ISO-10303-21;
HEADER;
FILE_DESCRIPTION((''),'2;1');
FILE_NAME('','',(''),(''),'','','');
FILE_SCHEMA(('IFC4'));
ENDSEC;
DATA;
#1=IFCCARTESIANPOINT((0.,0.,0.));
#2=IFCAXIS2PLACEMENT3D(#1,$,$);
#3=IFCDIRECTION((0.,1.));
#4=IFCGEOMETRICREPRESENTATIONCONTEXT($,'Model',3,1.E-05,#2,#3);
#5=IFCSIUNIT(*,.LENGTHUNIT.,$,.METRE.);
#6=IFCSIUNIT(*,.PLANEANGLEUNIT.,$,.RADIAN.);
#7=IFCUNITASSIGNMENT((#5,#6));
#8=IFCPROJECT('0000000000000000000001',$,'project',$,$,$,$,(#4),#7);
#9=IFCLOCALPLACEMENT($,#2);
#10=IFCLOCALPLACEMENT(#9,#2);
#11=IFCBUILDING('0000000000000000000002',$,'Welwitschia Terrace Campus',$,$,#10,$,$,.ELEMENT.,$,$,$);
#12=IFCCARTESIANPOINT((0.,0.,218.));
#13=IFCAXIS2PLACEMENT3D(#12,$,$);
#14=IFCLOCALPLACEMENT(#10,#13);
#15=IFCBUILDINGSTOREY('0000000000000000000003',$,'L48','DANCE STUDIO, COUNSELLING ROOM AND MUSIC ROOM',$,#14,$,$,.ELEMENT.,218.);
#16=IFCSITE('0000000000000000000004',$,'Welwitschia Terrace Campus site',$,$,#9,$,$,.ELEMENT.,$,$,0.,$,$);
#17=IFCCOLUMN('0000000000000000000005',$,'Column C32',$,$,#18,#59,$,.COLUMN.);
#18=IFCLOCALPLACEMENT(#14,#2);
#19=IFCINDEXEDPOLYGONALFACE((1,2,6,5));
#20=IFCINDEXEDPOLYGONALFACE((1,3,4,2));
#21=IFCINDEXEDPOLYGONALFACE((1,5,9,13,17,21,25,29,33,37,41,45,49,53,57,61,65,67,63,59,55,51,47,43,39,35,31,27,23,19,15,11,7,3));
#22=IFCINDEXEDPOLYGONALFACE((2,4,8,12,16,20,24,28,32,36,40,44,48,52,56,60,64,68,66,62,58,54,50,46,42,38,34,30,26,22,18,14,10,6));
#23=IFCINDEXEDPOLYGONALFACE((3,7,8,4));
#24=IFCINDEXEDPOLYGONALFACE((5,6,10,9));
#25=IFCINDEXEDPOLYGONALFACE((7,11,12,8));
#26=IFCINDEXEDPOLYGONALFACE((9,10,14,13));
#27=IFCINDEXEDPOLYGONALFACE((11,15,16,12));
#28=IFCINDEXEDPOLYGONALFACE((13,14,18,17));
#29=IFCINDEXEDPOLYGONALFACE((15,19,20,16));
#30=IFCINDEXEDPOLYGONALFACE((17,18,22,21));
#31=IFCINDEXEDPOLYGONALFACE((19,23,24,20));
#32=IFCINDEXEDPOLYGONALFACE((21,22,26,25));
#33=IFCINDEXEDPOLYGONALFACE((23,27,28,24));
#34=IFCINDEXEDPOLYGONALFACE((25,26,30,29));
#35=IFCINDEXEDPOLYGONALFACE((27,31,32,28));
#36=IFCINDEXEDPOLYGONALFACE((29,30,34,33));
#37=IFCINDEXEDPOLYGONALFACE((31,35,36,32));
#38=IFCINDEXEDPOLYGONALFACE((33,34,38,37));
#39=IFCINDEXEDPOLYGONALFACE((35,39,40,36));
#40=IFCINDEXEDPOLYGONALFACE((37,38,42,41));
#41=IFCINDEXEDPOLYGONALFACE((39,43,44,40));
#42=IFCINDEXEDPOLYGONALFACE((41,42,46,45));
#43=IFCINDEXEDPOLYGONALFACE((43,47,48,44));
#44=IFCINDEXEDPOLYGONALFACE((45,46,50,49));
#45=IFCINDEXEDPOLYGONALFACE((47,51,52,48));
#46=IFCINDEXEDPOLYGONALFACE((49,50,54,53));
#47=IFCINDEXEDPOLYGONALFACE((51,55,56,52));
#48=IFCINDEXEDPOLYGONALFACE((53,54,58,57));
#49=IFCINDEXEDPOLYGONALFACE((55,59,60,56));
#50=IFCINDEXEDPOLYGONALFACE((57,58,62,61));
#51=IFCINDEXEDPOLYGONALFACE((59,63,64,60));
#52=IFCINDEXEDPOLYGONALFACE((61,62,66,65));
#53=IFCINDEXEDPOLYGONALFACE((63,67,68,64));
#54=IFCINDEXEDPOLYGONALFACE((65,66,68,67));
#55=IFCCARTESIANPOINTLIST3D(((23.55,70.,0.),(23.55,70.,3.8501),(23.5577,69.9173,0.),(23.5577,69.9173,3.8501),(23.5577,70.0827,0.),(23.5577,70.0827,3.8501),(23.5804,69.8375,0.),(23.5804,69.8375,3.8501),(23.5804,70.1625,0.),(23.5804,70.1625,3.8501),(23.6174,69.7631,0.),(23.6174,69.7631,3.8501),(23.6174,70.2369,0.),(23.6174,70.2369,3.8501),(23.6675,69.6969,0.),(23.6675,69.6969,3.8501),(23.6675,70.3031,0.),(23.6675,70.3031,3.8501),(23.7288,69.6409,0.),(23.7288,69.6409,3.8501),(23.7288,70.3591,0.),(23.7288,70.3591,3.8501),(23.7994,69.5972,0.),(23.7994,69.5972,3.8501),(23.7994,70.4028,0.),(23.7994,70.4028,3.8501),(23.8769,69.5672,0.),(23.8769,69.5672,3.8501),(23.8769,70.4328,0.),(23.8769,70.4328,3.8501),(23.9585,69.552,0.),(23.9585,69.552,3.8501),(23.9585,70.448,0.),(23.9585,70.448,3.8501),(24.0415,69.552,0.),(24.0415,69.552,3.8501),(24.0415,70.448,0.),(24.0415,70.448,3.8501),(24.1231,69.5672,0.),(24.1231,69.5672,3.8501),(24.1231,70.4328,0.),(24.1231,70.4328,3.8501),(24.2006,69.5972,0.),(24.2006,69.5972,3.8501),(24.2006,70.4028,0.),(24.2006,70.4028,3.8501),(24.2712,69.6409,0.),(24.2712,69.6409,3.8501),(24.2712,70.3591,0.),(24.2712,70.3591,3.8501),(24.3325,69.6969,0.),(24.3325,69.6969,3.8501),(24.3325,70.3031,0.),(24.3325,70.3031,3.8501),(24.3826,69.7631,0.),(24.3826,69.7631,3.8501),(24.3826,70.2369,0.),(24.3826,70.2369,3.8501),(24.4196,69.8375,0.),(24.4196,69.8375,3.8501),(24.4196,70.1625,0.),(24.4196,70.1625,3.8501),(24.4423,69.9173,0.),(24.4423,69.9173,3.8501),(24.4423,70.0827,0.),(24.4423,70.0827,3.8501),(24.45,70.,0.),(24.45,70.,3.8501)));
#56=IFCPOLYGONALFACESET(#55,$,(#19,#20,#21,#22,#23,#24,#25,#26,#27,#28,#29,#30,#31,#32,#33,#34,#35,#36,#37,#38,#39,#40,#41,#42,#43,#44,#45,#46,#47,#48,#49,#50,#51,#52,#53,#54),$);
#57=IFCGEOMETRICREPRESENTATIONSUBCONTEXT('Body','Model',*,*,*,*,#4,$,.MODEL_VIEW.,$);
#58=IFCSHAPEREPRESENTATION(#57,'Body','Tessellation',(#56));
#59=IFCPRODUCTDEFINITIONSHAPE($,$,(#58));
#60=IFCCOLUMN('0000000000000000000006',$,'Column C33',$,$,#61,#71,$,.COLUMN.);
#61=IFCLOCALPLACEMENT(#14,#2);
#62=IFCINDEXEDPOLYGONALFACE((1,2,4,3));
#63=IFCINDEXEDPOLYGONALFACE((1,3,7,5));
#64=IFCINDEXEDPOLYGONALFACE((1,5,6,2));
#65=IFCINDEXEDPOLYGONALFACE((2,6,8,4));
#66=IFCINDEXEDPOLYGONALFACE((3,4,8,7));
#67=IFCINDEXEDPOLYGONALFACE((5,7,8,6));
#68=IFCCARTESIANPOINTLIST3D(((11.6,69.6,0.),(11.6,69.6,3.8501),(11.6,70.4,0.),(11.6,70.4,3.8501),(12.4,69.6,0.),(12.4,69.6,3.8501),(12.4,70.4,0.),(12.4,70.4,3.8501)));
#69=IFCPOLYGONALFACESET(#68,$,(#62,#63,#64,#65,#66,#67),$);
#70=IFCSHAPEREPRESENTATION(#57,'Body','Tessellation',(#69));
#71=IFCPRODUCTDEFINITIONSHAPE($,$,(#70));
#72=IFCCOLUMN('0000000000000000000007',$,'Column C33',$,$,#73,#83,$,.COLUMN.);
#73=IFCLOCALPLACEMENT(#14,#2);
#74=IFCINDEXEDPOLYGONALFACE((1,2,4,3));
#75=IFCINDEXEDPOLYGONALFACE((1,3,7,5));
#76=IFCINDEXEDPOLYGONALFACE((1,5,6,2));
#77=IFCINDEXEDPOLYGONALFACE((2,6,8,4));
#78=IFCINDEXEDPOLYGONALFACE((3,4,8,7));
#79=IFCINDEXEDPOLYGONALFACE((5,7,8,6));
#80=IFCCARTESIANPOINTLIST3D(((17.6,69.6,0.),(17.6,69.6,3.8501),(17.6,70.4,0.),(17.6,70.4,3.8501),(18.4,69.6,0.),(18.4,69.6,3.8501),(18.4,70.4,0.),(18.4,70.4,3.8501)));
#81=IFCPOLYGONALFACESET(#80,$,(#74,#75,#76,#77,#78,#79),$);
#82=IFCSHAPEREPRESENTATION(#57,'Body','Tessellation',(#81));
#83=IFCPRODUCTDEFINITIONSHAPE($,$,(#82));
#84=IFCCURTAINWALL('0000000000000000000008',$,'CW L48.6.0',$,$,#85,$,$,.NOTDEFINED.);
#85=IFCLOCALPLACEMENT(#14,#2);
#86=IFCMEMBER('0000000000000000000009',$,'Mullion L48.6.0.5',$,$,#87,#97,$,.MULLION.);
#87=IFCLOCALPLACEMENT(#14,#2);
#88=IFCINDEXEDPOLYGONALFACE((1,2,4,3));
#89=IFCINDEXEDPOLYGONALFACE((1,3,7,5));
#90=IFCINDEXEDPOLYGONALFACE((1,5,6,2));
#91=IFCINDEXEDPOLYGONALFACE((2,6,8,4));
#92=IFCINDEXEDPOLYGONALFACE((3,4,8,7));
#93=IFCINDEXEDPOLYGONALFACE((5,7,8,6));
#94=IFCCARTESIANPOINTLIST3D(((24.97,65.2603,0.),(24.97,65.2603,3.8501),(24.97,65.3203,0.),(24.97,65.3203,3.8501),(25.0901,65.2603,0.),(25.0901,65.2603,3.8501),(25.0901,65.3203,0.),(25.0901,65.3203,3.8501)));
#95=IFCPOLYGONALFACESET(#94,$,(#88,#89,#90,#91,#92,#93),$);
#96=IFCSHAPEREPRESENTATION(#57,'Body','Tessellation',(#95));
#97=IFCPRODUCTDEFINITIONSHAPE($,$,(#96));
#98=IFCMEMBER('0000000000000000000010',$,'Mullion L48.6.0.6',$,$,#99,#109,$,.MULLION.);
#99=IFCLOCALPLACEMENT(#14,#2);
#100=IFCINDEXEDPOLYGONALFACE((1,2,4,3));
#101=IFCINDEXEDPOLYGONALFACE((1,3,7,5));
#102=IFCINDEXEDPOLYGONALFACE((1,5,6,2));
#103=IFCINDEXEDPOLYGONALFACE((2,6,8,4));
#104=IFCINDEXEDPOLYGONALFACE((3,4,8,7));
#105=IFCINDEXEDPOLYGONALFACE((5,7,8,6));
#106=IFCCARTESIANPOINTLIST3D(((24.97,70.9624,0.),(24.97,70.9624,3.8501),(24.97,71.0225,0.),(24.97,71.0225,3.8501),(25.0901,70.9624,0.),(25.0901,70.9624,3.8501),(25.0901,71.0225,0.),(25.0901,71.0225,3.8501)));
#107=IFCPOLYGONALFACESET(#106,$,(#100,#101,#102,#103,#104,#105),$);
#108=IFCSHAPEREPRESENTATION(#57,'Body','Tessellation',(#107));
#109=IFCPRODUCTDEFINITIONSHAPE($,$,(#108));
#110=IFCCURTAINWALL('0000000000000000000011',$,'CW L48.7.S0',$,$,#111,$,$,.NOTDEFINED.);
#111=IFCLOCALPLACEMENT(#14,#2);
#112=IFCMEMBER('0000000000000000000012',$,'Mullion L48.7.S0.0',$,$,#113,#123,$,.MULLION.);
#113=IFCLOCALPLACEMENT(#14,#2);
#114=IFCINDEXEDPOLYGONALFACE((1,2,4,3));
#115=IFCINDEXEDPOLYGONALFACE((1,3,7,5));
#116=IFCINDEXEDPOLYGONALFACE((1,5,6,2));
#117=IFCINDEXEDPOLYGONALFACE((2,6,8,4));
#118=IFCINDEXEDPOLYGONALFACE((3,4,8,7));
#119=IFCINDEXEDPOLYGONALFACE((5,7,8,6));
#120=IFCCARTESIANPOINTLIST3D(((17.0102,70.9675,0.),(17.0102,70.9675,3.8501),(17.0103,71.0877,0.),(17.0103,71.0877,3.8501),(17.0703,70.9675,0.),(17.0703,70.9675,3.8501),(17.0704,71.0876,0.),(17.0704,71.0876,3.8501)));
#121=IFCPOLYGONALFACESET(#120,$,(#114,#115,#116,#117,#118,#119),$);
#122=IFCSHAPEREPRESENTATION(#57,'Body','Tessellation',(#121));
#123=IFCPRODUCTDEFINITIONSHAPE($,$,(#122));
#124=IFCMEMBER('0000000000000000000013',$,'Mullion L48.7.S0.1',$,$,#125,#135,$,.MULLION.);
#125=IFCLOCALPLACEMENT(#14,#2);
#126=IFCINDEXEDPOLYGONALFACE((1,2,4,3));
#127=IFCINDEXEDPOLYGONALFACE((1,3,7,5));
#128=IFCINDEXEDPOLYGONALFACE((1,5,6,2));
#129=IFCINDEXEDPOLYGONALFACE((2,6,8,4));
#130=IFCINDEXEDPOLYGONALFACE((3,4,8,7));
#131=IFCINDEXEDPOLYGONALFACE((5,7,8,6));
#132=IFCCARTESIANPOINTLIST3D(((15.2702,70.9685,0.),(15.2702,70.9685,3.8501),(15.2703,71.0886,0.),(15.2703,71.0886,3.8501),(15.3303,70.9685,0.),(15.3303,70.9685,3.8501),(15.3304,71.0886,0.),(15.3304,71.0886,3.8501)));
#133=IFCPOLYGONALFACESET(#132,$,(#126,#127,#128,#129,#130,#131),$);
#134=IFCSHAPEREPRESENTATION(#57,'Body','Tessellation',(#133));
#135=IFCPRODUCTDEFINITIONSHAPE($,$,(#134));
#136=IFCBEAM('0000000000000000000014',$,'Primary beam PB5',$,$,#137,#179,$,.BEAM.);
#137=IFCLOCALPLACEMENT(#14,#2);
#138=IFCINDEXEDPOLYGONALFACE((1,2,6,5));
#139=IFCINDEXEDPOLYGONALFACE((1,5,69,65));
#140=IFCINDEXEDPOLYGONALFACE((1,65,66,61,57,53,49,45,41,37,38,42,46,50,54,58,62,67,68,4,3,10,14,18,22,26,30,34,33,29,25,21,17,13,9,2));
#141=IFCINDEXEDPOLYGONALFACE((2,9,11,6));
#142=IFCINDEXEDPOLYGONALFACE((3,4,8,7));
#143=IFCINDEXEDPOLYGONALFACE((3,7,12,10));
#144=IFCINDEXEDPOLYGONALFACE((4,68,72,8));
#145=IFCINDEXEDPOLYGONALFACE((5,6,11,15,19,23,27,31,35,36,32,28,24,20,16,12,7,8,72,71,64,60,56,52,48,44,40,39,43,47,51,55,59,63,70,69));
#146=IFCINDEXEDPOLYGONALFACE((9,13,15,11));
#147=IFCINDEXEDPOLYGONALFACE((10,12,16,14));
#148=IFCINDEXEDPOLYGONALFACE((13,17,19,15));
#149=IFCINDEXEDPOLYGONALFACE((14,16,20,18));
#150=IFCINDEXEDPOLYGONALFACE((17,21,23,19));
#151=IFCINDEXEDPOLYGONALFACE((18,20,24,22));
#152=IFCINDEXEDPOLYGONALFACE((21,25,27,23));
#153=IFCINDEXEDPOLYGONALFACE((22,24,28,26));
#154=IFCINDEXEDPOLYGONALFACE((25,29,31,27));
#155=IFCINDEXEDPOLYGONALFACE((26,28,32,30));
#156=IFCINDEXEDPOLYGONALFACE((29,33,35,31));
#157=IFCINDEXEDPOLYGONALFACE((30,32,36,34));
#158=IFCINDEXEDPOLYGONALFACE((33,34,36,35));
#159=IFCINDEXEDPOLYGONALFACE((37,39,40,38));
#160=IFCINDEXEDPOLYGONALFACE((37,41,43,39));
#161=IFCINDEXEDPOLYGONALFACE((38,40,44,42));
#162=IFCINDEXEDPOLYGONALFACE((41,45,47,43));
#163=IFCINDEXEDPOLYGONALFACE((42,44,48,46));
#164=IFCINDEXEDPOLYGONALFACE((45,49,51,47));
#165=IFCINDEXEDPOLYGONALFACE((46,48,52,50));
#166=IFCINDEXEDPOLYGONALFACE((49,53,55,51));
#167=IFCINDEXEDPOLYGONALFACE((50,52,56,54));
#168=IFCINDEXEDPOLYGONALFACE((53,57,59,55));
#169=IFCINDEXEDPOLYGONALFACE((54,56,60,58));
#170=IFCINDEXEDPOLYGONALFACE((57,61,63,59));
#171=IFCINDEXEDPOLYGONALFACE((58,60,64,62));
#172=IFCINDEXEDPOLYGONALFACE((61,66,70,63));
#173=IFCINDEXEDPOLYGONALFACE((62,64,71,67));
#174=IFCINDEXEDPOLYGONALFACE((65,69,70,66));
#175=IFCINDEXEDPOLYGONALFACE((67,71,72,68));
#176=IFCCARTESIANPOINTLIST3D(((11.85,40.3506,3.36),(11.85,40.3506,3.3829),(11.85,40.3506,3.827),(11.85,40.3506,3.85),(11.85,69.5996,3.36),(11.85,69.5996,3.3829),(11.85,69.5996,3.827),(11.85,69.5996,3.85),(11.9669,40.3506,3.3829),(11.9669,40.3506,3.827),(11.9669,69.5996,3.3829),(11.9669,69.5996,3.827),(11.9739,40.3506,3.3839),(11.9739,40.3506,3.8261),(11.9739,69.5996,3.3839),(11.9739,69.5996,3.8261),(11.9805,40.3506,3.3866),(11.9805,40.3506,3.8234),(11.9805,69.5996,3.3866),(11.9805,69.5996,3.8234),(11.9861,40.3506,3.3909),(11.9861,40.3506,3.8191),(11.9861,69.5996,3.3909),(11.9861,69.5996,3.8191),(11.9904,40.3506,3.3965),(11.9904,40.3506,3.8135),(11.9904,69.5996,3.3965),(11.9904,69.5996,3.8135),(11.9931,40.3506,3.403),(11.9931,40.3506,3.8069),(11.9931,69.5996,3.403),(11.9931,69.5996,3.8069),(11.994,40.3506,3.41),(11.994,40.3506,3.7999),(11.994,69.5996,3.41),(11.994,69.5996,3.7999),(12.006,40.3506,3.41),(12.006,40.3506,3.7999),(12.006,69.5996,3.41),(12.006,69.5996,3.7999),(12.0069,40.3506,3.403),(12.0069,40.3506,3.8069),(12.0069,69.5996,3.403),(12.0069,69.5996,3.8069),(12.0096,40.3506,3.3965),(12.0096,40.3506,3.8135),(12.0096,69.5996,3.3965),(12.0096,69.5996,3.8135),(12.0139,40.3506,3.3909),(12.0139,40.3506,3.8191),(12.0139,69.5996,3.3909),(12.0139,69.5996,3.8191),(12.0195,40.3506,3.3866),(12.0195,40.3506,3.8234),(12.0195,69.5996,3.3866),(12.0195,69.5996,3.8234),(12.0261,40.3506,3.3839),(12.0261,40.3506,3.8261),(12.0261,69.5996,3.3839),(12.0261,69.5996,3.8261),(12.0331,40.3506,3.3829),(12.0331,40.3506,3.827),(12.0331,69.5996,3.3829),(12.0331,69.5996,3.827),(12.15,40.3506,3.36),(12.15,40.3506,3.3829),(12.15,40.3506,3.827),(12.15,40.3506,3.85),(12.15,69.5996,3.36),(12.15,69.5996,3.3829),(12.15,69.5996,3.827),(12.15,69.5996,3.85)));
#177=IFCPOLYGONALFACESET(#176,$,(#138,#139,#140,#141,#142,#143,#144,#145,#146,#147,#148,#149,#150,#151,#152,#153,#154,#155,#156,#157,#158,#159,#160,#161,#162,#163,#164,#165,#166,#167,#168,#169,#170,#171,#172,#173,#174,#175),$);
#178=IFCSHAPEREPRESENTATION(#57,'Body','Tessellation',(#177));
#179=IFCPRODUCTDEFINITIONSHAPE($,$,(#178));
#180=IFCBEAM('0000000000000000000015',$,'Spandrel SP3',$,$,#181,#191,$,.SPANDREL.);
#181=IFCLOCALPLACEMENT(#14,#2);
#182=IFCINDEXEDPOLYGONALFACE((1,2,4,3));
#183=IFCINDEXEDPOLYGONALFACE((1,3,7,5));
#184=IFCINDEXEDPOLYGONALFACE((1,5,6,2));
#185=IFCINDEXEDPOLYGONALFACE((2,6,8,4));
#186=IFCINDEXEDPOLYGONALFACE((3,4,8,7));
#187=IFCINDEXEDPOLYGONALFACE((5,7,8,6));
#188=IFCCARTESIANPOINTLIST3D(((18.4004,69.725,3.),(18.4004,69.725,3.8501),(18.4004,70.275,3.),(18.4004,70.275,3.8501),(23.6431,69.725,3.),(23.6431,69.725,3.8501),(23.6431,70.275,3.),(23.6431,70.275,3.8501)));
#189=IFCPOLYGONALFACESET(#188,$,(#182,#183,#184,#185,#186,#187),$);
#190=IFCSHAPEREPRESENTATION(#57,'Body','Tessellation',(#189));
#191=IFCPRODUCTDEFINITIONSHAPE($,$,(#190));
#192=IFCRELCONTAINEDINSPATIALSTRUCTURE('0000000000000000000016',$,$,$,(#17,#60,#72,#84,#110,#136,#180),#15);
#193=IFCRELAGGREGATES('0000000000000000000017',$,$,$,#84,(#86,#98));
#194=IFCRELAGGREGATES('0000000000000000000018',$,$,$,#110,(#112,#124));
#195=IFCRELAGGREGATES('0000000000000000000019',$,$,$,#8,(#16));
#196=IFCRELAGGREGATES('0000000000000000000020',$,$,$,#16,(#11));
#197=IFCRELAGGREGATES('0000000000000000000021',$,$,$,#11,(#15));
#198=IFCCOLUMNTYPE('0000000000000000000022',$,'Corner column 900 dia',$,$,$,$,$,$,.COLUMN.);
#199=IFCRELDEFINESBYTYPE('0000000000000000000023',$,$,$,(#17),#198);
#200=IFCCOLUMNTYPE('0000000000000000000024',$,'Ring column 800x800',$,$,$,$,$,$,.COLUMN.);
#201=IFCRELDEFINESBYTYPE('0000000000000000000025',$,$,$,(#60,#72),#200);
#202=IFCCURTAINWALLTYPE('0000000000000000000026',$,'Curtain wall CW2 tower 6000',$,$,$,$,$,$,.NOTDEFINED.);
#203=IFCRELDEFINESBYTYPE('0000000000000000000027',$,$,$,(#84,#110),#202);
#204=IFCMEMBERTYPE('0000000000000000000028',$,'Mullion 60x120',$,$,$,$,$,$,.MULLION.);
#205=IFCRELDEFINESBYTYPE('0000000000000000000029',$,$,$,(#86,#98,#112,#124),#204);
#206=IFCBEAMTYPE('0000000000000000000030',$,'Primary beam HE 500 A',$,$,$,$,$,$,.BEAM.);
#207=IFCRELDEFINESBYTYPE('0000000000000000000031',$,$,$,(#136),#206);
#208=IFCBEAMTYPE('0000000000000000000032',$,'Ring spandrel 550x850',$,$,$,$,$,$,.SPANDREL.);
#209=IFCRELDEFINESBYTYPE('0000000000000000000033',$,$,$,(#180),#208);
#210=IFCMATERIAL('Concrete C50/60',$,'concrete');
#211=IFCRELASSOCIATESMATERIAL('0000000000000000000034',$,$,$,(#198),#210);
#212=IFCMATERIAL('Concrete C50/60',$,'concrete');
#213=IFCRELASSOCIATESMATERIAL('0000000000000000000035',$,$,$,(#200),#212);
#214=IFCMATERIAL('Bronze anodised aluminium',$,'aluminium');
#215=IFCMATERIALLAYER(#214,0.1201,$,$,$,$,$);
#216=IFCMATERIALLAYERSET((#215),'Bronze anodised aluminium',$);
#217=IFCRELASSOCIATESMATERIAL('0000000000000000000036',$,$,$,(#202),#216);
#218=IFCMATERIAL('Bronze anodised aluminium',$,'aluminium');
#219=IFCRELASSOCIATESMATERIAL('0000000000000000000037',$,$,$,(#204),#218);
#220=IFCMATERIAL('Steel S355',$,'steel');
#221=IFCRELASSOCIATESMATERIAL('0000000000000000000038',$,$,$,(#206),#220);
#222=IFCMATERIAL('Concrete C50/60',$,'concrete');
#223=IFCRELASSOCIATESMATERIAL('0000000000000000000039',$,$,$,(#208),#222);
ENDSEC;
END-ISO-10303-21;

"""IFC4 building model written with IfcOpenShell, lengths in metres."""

from ifc_helpers import new_model, si_unit, direction, frame, origin, origin_2d, place, context, subcontext, project, spatial, rectangle, circle, i_section, extrude, material, layer, layer_set, material_profile, profile_set, type_object, element, aggregate, save


model = new_model("IFC4")

# Units and contexts
model_context = context("Model", 3, precision=1e-05, world=origin(), true_north=direction((0.0, 1.0)))
body_context = subcontext(model_context, "Body", "Model", "MODEL_VIEW")
ifc_project = project(units=[si_unit("LENGTHUNIT", "METRE"), si_unit("PLANEANGLEUNIT", "RADIAN")], contexts=[model_context])

# Site, building, storey
site_placement = place(None, origin())
site = spatial("IfcSite", under=ifc_project, at=site_placement, Name="Welwitschia Terrace Campus site", CompositionType="ELEMENT", RefElevation=0.0)
building_placement = place(site_placement, origin())
building = spatial("IfcBuilding", under=site, at=building_placement, Name="Welwitschia Terrace Campus", CompositionType="ELEMENT")
storey_placement = place(building_placement, frame((0.0, 0.0, 218.0)))
storey = spatial("IfcBuildingStorey", under=building, at=storey_placement, Name="L48", Description="DANCE STUDIO, COUNSELLING ROOM AND MUSIC ROOM", CompositionType="ELEMENT", Elevation=218.0)

# Columns
ifc_material_1 = material(Name="Concrete C50/60", Category="concrete")
ifc_material_profile_1 = material_profile(ifc_material_1, circle(Radius=0.45, at=origin_2d()))
ifc_profile_set_1 = profile_set([ifc_material_profile_1], Name="Concrete C50/60")
column_type_1 = type_object("IfcColumnType", Name="Corner column 900 dia", PredefinedType="COLUMN", material=ifc_profile_set_1)
column_placement = place(storey_placement, frame((24.0, 70.0, 0.0), z_axis=(0.0, 0.0, 1.0), x_axis=(1.0, 0.0, 0.0)))
element("IfcColumn", 1, at=column_placement, inside=storey, type_object=column_type_1, Name="Column C32", PredefinedType="COLUMN", context=body_context, shape_type="SweptSolid", body=[
    extrude(circle(Radius=0.45, at=origin_2d()), origin(), (0.0, 0.0, 1.0), 3.8501),
])
ifc_material_2 = material(Name="Concrete C50/60", Category="concrete")
ifc_material_profile_2 = material_profile(ifc_material_2, rectangle(XDim=0.8, YDim=0.8, at=origin_2d()))
ifc_profile_set_2 = profile_set([ifc_material_profile_2], Name="Concrete C50/60")
column_type_2 = type_object("IfcColumnType", Name="Ring column 800x800", PredefinedType="COLUMN", material=ifc_profile_set_2)
for number, where, z_axis, x_axis, name in (
    (2, (12.0, 70.0, 0.0), (0.0, 0.0, 1.0), (1.0, 0.0, 0.0), "Column C33"),
    (3, (18.0, 70.0, 0.0), (0.0, 0.0, 1.0), (1.0, 0.0, 0.0), "Column C33"),
):
    element("IfcColumn", number, at=place(storey_placement, frame(where, z_axis=z_axis, x_axis=x_axis)), inside=storey, type_object=column_type_2, Name=name, PredefinedType="COLUMN", context=body_context, shape_type="SweptSolid", body=[
        extrude(rectangle(XDim=0.8, YDim=0.8, at=origin_2d()), origin(), (0.0, 0.0, 1.0), 3.8501),
    ])

# Curtain walls, members
ifc_material_3 = material(Name="Bronze anodised aluminium", Category="aluminium")
ifc_layer_1 = layer(ifc_material_3, 0.1201)
ifc_layer_set_1 = layer_set([ifc_layer_1], Name="Bronze anodised aluminium")
curtain_wall_type = type_object("IfcCurtainWallType", Name="Curtain wall CW2 tower 6000", PredefinedType="NOTDEFINED", material=ifc_layer_set_1)
curtain_wall_1_placement = place(storey_placement, origin())
curtain_wall_1 = element("IfcCurtainWall", 4, at=curtain_wall_1_placement, inside=storey, type_object=curtain_wall_type, Name="CW L48.6.0", PredefinedType="NOTDEFINED")
ifc_material_4 = material(Name="Bronze anodised aluminium", Category="aluminium")
ifc_material_profile_3 = material_profile(ifc_material_4, rectangle(XDim=0.1201, YDim=0.0601, at=origin_2d()))
ifc_profile_set_3 = profile_set([ifc_material_profile_3], Name="Bronze anodised aluminium")
member_type_1 = type_object("IfcMemberType", Name="Mullion 60x120", PredefinedType="MULLION", material=ifc_profile_set_3)
member_1_placement = place(storey_placement, frame((25.03, 65.2903, 0.0), z_axis=(0.0, 0.0, 1.0), x_axis=(-1.0, 0.0, 0.0)))
member_1 = element("IfcMember", 5, at=member_1_placement, type_object=member_type_1, Name="Mullion L48.6.0.5", PredefinedType="MULLION", context=body_context, shape_type="SweptSolid", body=[
    extrude(rectangle(XDim=0.1201, YDim=0.0601, at=origin_2d()), origin(), (0.0, 0.0, 1.0), 3.8501),
])
member_2_placement = place(storey_placement, frame((25.03, 70.9924, 0.0), z_axis=(0.0, 0.0, 1.0), x_axis=(-1.0, 0.0, 0.0)))
member_2 = element("IfcMember", 6, at=member_2_placement, type_object=member_type_1, Name="Mullion L48.6.0.6", PredefinedType="MULLION", context=body_context, shape_type="SweptSolid", body=[
    extrude(rectangle(XDim=0.1201, YDim=0.0601, at=origin_2d()), origin(), (0.0, 0.0, 1.0), 3.8501),
])
curtain_wall_2_placement = place(storey_placement, origin())
curtain_wall_2 = element("IfcCurtainWall", 7, at=curtain_wall_2_placement, inside=storey, type_object=curtain_wall_type, Name="CW L48.7.S0", PredefinedType="NOTDEFINED")
member_3_placement = place(storey_placement, frame((17.0403, 71.0276, 0.0), z_axis=(0.0, 0.0, 1.0), x_axis=(-0.00064, -1.0, 0.0)))
member_3 = element("IfcMember", 8, at=member_3_placement, type_object=member_type_1, Name="Mullion L48.7.S0.0", PredefinedType="MULLION", context=body_context, shape_type="SweptSolid", body=[
    extrude(rectangle(XDim=0.1201, YDim=0.0601, at=origin_2d()), origin(), (0.0, 0.0, 1.0), 3.8501),
])
member_4_placement = place(storey_placement, frame((15.3003, 71.0286, 0.0), z_axis=(0.0, 0.0, 1.0), x_axis=(-0.00064, -1.0, 0.0)))
member_4 = element("IfcMember", 9, at=member_4_placement, type_object=member_type_1, Name="Mullion L48.7.S0.1", PredefinedType="MULLION", context=body_context, shape_type="SweptSolid", body=[
    extrude(rectangle(XDim=0.1201, YDim=0.0601, at=origin_2d()), origin(), (0.0, 0.0, 1.0), 3.8501),
])

# Beams
ifc_material_5 = material(Name="Steel S355", Category="steel")
ifc_material_profile_4 = material_profile(ifc_material_5, i_section(OverallWidth=0.3, OverallDepth=0.49, WebThickness=0.012, FlangeThickness=0.0229, FilletRadius=0.0271, at=origin_2d()))
ifc_profile_set_4 = profile_set([ifc_material_profile_4], Name="Steel S355")
beam_type_1 = type_object("IfcBeamType", Name="Primary beam HE 500 A", PredefinedType="BEAM", material=ifc_profile_set_4)
beam_1_placement = place(storey_placement, frame((12.0, 69.5996, 3.605), z_axis=(0.0, -1.0, 0.0), x_axis=(1.0, 0.0, 0.0)))
element("IfcBeam", 10, at=beam_1_placement, inside=storey, type_object=beam_type_1, Name="Primary beam PB5", PredefinedType="BEAM", context=body_context, shape_type="SweptSolid", body=[
    extrude(i_section(OverallWidth=0.3, OverallDepth=0.49, WebThickness=0.012, FlangeThickness=0.0229, FilletRadius=0.0271, at=origin_2d()), origin(), (0.0, 0.0, 1.0), 29.249),
])
ifc_material_6 = material(Name="Concrete C50/60", Category="concrete")
ifc_material_profile_5 = material_profile(ifc_material_6, rectangle(XDim=0.55, YDim=0.8501, at=origin_2d()))
ifc_profile_set_5 = profile_set([ifc_material_profile_5], Name="Concrete C50/60")
beam_type_2 = type_object("IfcBeamType", Name="Ring spandrel 550x850", PredefinedType="SPANDREL", material=ifc_profile_set_5)
beam_2_placement = place(storey_placement, frame((23.6431, 70.0, 3.425), z_axis=(-1.0, 0.0, 0.0), x_axis=(0.0, -1.0, 0.0)))
element("IfcBeam", 11, at=beam_2_placement, inside=storey, type_object=beam_type_2, Name="Spandrel SP3", PredefinedType="SPANDREL", context=body_context, shape_type="SweptSolid", body=[
    extrude(rectangle(XDim=0.55, YDim=0.8501, at=origin_2d()), origin(), (0.0, 0.0, 1.0), 5.2427),
])

aggregate(curtain_wall_1, [member_1, member_2])
aggregate(curtain_wall_2, [member_3, member_4])

save(model, "model.ifc")
